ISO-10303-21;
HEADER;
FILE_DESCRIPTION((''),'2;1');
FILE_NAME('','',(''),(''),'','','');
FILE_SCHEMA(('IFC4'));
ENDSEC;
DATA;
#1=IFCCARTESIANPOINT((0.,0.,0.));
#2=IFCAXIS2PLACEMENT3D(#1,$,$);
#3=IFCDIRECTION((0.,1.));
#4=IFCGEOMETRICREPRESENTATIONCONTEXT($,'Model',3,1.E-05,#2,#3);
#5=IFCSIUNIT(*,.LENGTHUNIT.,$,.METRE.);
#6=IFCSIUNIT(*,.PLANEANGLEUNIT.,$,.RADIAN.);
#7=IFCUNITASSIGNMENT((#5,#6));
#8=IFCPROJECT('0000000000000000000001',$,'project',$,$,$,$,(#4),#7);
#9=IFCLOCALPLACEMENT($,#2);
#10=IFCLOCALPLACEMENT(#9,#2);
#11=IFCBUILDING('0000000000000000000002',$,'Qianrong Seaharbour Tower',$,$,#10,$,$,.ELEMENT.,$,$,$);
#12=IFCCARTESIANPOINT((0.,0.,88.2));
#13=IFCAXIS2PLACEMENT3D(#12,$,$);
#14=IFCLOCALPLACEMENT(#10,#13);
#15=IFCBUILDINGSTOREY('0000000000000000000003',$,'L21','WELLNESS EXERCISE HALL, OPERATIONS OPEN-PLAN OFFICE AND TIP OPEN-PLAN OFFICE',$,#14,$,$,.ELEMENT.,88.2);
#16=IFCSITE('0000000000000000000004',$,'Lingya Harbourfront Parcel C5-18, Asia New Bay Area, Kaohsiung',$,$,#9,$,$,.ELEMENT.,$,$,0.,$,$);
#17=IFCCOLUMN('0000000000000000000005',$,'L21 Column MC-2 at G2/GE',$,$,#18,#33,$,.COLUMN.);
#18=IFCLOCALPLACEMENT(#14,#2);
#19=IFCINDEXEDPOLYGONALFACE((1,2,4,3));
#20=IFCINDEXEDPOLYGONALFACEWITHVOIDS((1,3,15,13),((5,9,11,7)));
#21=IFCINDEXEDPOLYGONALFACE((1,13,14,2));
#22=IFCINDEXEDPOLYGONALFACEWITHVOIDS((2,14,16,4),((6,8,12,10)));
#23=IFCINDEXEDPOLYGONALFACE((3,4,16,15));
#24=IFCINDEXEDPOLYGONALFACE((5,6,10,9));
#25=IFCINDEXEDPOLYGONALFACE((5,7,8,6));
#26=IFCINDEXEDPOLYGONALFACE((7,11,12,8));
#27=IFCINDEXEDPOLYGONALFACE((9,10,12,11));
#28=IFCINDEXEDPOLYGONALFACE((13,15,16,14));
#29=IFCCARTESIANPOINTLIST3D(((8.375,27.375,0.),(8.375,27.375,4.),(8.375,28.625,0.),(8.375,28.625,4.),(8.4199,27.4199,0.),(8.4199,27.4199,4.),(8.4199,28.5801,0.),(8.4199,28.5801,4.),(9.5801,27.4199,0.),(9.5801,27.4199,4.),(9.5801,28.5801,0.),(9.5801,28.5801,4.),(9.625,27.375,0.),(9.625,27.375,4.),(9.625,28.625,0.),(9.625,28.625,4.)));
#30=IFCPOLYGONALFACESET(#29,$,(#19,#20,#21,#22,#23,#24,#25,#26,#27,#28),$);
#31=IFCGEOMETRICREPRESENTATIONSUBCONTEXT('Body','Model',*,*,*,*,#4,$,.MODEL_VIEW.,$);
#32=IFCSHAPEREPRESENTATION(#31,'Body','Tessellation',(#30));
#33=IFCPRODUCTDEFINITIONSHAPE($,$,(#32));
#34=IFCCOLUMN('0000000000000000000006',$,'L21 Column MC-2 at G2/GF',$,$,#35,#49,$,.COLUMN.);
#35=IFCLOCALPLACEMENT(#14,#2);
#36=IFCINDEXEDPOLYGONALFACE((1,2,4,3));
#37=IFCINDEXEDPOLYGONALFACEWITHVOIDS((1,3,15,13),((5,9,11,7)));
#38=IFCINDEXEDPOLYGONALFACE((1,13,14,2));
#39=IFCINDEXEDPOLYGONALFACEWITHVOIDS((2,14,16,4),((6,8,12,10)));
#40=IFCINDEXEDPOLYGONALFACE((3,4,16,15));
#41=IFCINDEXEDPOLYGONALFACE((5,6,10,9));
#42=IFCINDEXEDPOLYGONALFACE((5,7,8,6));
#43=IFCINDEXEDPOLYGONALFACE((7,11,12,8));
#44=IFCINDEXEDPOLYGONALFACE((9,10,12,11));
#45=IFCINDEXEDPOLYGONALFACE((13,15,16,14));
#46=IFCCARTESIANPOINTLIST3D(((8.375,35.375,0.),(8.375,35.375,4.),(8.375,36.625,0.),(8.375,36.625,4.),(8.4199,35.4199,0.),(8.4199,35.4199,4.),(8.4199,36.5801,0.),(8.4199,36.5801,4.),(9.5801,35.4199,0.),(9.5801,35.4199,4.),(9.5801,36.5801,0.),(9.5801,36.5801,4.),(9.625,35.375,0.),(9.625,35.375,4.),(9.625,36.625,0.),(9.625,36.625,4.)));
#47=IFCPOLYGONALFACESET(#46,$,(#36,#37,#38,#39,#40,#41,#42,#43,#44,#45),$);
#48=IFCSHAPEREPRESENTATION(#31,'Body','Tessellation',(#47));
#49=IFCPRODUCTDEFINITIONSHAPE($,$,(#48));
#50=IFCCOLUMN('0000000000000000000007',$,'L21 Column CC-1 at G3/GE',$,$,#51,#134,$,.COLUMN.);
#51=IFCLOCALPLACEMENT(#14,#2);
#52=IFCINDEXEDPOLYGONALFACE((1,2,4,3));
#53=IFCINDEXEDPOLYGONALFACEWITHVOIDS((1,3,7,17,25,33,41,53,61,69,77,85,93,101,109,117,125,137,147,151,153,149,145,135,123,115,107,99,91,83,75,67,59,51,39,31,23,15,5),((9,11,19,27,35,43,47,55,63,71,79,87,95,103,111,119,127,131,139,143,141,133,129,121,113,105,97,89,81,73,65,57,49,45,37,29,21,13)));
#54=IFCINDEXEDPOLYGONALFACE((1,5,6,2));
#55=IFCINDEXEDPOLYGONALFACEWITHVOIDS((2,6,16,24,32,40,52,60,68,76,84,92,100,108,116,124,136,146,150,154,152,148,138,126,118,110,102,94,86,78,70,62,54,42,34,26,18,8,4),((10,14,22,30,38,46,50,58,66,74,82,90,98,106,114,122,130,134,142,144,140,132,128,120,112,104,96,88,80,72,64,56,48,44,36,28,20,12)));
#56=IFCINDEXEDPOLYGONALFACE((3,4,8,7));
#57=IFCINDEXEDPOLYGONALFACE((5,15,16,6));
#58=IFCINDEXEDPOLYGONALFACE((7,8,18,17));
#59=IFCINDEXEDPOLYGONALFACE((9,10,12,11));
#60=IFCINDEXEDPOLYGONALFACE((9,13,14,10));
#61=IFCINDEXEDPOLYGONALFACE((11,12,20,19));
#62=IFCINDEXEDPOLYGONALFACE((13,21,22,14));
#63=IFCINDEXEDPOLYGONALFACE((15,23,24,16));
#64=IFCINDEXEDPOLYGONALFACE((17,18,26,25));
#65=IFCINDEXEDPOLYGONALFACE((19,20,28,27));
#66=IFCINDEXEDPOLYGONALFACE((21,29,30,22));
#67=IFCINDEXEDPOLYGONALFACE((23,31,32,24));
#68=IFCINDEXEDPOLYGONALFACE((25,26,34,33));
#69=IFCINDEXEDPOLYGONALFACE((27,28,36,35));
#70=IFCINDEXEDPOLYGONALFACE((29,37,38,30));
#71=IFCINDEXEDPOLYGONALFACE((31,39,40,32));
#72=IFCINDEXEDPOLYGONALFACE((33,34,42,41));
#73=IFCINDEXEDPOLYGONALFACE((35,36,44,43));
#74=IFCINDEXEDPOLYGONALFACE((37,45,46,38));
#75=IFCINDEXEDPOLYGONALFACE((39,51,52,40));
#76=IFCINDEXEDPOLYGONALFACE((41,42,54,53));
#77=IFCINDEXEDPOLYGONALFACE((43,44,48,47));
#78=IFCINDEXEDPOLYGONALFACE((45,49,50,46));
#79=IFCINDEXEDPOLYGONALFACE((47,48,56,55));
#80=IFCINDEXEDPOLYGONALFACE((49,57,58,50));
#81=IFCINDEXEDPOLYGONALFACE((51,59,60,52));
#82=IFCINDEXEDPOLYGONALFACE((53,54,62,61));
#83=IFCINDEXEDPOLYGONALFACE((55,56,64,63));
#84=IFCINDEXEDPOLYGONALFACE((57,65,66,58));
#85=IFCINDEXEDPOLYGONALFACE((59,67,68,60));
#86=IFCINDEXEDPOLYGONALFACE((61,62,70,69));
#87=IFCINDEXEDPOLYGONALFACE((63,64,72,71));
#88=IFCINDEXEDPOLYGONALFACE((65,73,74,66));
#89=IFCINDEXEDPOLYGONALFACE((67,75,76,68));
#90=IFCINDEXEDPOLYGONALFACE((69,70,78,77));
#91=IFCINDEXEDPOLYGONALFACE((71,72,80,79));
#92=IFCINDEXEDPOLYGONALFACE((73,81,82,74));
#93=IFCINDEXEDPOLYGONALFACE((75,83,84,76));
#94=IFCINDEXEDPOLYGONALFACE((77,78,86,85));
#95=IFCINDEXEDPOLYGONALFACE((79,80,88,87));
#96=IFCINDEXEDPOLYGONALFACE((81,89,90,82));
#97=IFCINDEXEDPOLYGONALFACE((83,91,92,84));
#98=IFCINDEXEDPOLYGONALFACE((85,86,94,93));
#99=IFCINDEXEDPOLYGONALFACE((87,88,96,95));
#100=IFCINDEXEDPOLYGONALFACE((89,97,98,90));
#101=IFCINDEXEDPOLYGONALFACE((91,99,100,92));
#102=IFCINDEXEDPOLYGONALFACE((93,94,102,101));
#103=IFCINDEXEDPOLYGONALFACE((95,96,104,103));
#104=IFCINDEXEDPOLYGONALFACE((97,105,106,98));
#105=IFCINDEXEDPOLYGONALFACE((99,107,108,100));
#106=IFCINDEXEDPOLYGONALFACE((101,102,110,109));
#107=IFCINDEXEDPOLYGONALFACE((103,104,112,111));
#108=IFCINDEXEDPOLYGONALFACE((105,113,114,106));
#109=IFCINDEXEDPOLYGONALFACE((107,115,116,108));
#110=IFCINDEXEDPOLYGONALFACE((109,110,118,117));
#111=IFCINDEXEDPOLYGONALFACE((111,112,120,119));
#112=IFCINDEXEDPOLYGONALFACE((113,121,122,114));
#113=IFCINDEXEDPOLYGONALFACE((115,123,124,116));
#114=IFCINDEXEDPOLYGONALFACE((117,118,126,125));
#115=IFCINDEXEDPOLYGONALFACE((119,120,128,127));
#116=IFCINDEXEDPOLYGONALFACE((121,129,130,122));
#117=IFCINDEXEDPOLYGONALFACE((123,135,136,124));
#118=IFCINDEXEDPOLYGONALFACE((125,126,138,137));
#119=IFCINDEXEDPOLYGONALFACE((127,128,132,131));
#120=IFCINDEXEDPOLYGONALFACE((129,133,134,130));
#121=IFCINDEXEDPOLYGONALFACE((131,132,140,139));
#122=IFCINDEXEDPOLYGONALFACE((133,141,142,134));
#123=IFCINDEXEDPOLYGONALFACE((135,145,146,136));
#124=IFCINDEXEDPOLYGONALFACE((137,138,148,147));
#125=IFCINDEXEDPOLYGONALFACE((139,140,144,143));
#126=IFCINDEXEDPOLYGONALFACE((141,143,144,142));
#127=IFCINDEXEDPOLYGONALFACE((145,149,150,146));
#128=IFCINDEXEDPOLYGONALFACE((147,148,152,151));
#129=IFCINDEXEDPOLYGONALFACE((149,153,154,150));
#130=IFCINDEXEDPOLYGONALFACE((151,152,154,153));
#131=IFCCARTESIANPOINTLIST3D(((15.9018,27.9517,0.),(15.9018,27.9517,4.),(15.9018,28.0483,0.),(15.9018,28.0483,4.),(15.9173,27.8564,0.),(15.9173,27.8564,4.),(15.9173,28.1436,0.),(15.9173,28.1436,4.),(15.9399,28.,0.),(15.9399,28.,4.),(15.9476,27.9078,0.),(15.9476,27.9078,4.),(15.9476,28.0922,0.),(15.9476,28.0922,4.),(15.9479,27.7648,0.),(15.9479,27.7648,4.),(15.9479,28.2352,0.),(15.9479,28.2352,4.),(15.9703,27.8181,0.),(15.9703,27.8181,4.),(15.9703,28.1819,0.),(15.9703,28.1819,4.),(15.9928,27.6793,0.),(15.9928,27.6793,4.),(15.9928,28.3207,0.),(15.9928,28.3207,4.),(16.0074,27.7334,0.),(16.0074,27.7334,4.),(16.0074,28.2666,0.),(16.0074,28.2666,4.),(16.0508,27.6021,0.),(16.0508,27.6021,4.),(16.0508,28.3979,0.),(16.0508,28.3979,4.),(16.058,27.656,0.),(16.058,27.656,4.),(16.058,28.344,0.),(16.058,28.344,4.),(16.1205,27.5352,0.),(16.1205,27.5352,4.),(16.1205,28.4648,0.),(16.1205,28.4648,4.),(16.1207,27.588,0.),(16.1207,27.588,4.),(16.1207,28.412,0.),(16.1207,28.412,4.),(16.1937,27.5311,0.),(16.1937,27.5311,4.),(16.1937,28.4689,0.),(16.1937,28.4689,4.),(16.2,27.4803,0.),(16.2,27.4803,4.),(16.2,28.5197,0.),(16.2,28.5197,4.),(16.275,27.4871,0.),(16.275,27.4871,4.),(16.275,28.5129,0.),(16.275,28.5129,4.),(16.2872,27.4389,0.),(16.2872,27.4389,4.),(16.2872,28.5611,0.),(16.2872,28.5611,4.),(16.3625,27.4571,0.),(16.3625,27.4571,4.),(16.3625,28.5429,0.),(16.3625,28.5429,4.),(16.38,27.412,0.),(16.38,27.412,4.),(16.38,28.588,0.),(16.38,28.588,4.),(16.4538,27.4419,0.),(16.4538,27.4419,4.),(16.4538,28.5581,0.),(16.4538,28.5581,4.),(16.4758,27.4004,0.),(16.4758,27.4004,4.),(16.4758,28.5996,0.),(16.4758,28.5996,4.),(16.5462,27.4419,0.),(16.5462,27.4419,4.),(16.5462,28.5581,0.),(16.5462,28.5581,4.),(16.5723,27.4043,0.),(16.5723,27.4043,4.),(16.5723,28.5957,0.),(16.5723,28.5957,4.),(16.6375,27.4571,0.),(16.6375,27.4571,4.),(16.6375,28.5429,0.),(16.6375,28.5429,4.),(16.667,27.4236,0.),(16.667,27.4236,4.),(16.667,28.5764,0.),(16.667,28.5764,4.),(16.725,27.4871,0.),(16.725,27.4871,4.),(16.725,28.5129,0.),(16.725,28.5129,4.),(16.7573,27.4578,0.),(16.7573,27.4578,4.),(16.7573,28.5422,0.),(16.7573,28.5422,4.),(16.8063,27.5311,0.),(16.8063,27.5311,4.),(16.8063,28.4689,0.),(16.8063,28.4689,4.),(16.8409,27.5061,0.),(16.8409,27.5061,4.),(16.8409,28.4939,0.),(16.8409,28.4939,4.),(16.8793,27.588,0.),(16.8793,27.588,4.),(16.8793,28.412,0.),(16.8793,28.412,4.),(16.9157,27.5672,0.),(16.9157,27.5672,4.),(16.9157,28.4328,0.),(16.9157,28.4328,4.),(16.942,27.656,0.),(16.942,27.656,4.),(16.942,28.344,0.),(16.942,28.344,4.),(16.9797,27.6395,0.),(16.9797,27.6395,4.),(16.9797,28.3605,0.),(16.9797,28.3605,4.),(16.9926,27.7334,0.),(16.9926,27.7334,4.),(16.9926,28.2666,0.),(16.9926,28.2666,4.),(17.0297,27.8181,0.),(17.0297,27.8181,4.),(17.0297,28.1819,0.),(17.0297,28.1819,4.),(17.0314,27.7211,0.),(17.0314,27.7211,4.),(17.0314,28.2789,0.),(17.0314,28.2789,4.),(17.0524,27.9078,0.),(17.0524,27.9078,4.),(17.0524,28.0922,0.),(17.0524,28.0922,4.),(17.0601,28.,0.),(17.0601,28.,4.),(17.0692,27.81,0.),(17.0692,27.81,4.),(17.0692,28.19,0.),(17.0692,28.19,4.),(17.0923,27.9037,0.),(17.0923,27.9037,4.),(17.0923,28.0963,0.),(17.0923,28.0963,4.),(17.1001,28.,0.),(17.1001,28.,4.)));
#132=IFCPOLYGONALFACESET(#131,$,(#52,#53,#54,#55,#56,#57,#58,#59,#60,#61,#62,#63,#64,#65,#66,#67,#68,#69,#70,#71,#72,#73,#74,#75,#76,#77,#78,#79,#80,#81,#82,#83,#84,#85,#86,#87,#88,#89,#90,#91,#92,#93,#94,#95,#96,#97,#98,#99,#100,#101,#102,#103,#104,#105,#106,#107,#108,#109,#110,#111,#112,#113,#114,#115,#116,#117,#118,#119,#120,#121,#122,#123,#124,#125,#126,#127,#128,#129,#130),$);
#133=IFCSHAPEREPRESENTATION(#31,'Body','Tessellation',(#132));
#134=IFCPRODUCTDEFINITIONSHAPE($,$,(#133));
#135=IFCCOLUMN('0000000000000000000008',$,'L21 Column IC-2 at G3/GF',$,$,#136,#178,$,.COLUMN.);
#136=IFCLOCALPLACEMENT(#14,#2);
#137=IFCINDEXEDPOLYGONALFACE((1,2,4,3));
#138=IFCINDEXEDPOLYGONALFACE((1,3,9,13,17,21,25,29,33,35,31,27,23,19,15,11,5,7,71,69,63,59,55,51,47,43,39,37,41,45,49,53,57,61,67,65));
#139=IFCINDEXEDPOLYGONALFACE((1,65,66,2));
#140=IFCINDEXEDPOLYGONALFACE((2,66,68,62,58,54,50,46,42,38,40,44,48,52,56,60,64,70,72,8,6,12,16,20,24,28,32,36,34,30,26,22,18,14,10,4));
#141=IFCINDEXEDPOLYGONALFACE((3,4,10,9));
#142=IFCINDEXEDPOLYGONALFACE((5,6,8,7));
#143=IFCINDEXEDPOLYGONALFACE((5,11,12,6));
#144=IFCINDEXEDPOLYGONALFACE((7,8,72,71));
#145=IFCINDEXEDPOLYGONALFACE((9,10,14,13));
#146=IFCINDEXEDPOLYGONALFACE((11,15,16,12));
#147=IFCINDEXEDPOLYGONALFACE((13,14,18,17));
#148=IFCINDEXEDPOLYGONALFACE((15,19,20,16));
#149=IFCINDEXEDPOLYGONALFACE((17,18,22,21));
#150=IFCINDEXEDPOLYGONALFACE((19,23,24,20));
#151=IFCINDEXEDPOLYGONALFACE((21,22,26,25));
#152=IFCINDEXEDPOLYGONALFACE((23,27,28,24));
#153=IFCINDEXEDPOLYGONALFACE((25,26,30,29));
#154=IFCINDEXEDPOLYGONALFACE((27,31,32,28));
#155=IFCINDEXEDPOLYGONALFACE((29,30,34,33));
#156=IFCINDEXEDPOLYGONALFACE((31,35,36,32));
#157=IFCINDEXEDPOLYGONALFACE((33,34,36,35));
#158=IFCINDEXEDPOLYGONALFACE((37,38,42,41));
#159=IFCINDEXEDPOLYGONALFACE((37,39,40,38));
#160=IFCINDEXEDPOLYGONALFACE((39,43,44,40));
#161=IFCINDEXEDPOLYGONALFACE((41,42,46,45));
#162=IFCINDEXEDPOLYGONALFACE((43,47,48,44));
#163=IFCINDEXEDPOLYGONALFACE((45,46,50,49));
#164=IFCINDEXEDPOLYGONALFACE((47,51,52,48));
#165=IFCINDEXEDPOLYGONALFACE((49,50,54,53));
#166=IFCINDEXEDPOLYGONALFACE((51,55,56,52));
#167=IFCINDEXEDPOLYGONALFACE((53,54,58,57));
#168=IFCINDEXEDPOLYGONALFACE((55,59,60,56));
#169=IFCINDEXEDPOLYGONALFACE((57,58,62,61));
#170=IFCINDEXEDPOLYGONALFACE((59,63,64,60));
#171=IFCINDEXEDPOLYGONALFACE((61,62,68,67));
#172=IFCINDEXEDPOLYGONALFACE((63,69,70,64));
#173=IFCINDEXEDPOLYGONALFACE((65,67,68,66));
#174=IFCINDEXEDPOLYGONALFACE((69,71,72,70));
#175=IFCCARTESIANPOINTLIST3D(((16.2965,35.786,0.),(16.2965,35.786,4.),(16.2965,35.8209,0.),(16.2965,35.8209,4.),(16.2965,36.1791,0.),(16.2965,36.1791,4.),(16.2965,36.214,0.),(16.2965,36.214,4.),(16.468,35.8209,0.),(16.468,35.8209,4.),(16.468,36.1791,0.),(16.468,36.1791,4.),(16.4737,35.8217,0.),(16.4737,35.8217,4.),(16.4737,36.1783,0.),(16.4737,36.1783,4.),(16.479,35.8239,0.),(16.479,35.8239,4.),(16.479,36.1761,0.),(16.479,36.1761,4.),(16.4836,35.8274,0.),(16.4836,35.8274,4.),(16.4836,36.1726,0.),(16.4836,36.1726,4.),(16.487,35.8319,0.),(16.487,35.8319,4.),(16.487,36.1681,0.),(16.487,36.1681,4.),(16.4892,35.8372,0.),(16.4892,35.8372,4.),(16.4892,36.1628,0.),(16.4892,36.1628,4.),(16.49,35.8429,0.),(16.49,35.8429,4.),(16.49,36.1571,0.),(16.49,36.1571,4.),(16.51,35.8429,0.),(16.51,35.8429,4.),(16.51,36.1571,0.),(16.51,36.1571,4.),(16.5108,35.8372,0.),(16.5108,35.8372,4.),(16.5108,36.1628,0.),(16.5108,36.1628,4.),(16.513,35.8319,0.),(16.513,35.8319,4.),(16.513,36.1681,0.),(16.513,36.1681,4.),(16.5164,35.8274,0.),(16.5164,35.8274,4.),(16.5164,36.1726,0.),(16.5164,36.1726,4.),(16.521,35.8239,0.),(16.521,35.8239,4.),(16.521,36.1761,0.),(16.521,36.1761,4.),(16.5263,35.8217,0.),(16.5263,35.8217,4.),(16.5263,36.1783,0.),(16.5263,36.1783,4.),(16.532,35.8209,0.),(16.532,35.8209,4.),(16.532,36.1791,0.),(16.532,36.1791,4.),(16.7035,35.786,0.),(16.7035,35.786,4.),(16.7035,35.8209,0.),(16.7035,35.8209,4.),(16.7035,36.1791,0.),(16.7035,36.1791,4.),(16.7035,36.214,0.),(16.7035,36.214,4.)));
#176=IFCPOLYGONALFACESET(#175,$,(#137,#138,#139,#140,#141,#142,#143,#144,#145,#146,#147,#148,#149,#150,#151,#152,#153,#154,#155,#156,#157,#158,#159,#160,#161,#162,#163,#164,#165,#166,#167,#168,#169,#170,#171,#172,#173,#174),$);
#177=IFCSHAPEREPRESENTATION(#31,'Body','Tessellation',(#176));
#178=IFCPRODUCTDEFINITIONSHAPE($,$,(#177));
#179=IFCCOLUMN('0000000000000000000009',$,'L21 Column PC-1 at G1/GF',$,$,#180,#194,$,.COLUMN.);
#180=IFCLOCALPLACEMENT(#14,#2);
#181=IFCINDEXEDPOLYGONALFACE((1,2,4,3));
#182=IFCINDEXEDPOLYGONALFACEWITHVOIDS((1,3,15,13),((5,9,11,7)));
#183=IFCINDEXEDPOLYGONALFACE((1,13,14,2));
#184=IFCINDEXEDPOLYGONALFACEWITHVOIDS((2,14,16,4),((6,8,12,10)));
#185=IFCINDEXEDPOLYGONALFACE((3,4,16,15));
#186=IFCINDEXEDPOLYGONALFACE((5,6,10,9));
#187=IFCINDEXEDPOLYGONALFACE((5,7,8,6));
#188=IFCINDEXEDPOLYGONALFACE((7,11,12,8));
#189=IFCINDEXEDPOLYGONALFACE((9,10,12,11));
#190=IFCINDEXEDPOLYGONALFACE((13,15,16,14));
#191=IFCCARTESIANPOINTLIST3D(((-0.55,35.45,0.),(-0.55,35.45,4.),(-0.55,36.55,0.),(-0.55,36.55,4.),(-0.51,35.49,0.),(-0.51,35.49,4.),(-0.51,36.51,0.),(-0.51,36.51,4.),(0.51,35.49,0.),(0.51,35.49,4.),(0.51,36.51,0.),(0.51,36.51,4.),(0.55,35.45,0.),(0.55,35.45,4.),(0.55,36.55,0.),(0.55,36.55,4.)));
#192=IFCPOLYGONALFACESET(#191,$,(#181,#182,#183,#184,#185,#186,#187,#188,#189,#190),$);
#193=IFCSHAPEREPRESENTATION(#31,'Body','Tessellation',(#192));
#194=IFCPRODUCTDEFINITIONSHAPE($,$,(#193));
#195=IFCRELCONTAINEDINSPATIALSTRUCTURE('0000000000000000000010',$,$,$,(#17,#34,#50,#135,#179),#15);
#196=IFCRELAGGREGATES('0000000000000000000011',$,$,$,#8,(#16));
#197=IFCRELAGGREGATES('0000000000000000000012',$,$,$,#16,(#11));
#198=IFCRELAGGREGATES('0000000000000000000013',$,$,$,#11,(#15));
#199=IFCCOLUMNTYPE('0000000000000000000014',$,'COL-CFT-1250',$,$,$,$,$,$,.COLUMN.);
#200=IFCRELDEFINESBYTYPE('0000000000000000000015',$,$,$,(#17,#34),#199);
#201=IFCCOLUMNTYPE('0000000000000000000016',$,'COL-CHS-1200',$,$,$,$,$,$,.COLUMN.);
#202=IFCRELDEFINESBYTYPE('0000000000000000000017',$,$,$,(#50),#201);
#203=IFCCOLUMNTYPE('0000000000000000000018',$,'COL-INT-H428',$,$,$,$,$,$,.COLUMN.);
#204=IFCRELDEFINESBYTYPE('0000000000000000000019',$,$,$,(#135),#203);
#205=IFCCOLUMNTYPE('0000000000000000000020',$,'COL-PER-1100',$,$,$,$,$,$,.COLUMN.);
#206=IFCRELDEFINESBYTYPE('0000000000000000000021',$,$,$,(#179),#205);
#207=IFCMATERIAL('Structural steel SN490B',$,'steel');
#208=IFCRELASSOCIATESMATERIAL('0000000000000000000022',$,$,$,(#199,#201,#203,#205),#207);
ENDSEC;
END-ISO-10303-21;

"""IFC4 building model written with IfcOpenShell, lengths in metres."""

from ifc_helpers import new_model, si_unit, direction, frame, origin, origin_2d, place, context, subcontext, project, spatial, hollow_rectangle, hollow_circle, i_section, extrude, material, material_profile, profile_set, type_object, element, save


model = new_model("IFC4")

# Units and contexts
model_context = context("Model", 3, precision=1e-05, world=origin(), true_north=direction((0.0, 1.0)))
body_context = subcontext(model_context, "Body", "Model", "MODEL_VIEW")
ifc_project = project(units=[si_unit("LENGTHUNIT", "METRE"), si_unit("PLANEANGLEUNIT", "RADIAN")], contexts=[model_context])

# Site, building, storey
site_placement = place(None, origin())
site = spatial("IfcSite", under=ifc_project, at=site_placement, Name="Lingya Harbourfront Parcel C5-18, Asia New Bay Area, Kaohsiung", CompositionType="ELEMENT", RefElevation=0.0)
building_placement = place(site_placement, origin())
building = spatial("IfcBuilding", under=site, at=building_placement, Name="Qianrong Seaharbour Tower", CompositionType="ELEMENT")
storey_placement = place(building_placement, frame((0.0, 0.0, 88.2)))
storey = spatial("IfcBuildingStorey", under=building, at=storey_placement, Name="L21", Description="WELLNESS EXERCISE HALL, OPERATIONS OPEN-PLAN OFFICE AND TIP OPEN-PLAN OFFICE", CompositionType="ELEMENT", Elevation=88.2)

# Columns
ifc_material_1 = material(Name="Structural steel SN490B", Category="steel")
ifc_material_profile_1 = material_profile(ifc_material_1, hollow_rectangle(XDim=1.25, YDim=1.25, WallThickness=0.0449, at=origin_2d()), Name="BOX1250x1250x45")
ifc_profile_set_1 = profile_set([ifc_material_profile_1], Name="Structural steel SN490B")
column_type_1 = type_object("IfcColumnType", Name="COL-CFT-1250", PredefinedType="COLUMN", material=ifc_profile_set_1)
for number, where, z_axis, x_axis, name in (
    (1, (9.0, 28.0, 0.0), (0.0, 0.0, 1.0), (1.0, 0.0, 0.0), "L21 Column MC-2 at G2/GE"),
    (2, (9.0, 36.0, 0.0), (0.0, 0.0, 1.0), (1.0, 0.0, 0.0), "L21 Column MC-2 at G2/GF"),
):
    element("IfcColumn", number, at=place(storey_placement, frame(where, z_axis=z_axis, x_axis=x_axis)), inside=storey, type_object=column_type_1, Name=name, PredefinedType="COLUMN", context=body_context, shape_type="SweptSolid", body=[
        extrude(hollow_rectangle(XDim=1.25, YDim=1.25, WallThickness=0.0449, at=origin_2d()), origin(), (0.0, 0.0, 1.0), 4.0),
    ])
ifc_material_profile_2 = material_profile(ifc_material_1, hollow_circle(Radius=0.6001, WallThickness=0.04, at=origin_2d()), Name="CHS1200x40")
ifc_profile_set_2 = profile_set([ifc_material_profile_2], Name="Structural steel SN490B")
column_type_2 = type_object("IfcColumnType", Name="COL-CHS-1200", PredefinedType="COLUMN", material=ifc_profile_set_2)
column_1_placement = place(storey_placement, frame((16.5, 28.0, 0.0), z_axis=(0.0, 0.0, 1.0), x_axis=(1.0, 0.0, 0.0)))
element("IfcColumn", 3, at=column_1_placement, inside=storey, type_object=column_type_2, Name="L21 Column CC-1 at G3/GE", PredefinedType="COLUMN", context=body_context, shape_type="SweptSolid", body=[
    extrude(hollow_circle(Radius=0.6001, WallThickness=0.04, at=origin_2d()), origin(), (0.0, 0.0, 1.0), 4.0),
])
ifc_material_profile_3 = material_profile(ifc_material_1, i_section(OverallWidth=0.407, OverallDepth=0.428, WebThickness=0.02, FlangeThickness=0.0349, FilletRadius=0.022, at=origin_2d()), Name="H428x407x20x35")
ifc_profile_set_3 = profile_set([ifc_material_profile_3], Name="Structural steel SN490B")
column_type_3 = type_object("IfcColumnType", Name="COL-INT-H428", PredefinedType="COLUMN", material=ifc_profile_set_3)
column_2_placement = place(storey_placement, frame((16.5, 36.0, 0.0), z_axis=(0.0, 0.0, 1.0), x_axis=(1.0, 0.0, 0.0)))
element("IfcColumn", 4, at=column_2_placement, inside=storey, type_object=column_type_3, Name="L21 Column IC-2 at G3/GF", PredefinedType="COLUMN", context=body_context, shape_type="SweptSolid", body=[
    extrude(i_section(OverallWidth=0.407, OverallDepth=0.428, WebThickness=0.02, FlangeThickness=0.0349, FilletRadius=0.022, at=origin_2d()), origin(), (0.0, 0.0, 1.0), 4.0),
])
ifc_material_profile_4 = material_profile(ifc_material_1, hollow_rectangle(XDim=1.1001, YDim=1.1001, WallThickness=0.04, at=origin_2d()), Name="BOX1100x1100x40")
ifc_profile_set_4 = profile_set([ifc_material_profile_4], Name="Structural steel SN490B")
column_type_4 = type_object("IfcColumnType", Name="COL-PER-1100", PredefinedType="COLUMN", material=ifc_profile_set_4)
column_3_placement = place(storey_placement, frame((0.0, 36.0, 0.0), z_axis=(0.0, 0.0, 1.0), x_axis=(1.0, 0.0, 0.0)))
element("IfcColumn", 5, at=column_3_placement, inside=storey, type_object=column_type_4, Name="L21 Column PC-1 at G1/GF", PredefinedType="COLUMN", context=body_context, shape_type="SweptSolid", body=[
    extrude(hollow_rectangle(XDim=1.1001, YDim=1.1001, WallThickness=0.04, at=origin_2d()), origin(), (0.0, 0.0, 1.0), 4.0),
])

save(model, "model.ifc")
